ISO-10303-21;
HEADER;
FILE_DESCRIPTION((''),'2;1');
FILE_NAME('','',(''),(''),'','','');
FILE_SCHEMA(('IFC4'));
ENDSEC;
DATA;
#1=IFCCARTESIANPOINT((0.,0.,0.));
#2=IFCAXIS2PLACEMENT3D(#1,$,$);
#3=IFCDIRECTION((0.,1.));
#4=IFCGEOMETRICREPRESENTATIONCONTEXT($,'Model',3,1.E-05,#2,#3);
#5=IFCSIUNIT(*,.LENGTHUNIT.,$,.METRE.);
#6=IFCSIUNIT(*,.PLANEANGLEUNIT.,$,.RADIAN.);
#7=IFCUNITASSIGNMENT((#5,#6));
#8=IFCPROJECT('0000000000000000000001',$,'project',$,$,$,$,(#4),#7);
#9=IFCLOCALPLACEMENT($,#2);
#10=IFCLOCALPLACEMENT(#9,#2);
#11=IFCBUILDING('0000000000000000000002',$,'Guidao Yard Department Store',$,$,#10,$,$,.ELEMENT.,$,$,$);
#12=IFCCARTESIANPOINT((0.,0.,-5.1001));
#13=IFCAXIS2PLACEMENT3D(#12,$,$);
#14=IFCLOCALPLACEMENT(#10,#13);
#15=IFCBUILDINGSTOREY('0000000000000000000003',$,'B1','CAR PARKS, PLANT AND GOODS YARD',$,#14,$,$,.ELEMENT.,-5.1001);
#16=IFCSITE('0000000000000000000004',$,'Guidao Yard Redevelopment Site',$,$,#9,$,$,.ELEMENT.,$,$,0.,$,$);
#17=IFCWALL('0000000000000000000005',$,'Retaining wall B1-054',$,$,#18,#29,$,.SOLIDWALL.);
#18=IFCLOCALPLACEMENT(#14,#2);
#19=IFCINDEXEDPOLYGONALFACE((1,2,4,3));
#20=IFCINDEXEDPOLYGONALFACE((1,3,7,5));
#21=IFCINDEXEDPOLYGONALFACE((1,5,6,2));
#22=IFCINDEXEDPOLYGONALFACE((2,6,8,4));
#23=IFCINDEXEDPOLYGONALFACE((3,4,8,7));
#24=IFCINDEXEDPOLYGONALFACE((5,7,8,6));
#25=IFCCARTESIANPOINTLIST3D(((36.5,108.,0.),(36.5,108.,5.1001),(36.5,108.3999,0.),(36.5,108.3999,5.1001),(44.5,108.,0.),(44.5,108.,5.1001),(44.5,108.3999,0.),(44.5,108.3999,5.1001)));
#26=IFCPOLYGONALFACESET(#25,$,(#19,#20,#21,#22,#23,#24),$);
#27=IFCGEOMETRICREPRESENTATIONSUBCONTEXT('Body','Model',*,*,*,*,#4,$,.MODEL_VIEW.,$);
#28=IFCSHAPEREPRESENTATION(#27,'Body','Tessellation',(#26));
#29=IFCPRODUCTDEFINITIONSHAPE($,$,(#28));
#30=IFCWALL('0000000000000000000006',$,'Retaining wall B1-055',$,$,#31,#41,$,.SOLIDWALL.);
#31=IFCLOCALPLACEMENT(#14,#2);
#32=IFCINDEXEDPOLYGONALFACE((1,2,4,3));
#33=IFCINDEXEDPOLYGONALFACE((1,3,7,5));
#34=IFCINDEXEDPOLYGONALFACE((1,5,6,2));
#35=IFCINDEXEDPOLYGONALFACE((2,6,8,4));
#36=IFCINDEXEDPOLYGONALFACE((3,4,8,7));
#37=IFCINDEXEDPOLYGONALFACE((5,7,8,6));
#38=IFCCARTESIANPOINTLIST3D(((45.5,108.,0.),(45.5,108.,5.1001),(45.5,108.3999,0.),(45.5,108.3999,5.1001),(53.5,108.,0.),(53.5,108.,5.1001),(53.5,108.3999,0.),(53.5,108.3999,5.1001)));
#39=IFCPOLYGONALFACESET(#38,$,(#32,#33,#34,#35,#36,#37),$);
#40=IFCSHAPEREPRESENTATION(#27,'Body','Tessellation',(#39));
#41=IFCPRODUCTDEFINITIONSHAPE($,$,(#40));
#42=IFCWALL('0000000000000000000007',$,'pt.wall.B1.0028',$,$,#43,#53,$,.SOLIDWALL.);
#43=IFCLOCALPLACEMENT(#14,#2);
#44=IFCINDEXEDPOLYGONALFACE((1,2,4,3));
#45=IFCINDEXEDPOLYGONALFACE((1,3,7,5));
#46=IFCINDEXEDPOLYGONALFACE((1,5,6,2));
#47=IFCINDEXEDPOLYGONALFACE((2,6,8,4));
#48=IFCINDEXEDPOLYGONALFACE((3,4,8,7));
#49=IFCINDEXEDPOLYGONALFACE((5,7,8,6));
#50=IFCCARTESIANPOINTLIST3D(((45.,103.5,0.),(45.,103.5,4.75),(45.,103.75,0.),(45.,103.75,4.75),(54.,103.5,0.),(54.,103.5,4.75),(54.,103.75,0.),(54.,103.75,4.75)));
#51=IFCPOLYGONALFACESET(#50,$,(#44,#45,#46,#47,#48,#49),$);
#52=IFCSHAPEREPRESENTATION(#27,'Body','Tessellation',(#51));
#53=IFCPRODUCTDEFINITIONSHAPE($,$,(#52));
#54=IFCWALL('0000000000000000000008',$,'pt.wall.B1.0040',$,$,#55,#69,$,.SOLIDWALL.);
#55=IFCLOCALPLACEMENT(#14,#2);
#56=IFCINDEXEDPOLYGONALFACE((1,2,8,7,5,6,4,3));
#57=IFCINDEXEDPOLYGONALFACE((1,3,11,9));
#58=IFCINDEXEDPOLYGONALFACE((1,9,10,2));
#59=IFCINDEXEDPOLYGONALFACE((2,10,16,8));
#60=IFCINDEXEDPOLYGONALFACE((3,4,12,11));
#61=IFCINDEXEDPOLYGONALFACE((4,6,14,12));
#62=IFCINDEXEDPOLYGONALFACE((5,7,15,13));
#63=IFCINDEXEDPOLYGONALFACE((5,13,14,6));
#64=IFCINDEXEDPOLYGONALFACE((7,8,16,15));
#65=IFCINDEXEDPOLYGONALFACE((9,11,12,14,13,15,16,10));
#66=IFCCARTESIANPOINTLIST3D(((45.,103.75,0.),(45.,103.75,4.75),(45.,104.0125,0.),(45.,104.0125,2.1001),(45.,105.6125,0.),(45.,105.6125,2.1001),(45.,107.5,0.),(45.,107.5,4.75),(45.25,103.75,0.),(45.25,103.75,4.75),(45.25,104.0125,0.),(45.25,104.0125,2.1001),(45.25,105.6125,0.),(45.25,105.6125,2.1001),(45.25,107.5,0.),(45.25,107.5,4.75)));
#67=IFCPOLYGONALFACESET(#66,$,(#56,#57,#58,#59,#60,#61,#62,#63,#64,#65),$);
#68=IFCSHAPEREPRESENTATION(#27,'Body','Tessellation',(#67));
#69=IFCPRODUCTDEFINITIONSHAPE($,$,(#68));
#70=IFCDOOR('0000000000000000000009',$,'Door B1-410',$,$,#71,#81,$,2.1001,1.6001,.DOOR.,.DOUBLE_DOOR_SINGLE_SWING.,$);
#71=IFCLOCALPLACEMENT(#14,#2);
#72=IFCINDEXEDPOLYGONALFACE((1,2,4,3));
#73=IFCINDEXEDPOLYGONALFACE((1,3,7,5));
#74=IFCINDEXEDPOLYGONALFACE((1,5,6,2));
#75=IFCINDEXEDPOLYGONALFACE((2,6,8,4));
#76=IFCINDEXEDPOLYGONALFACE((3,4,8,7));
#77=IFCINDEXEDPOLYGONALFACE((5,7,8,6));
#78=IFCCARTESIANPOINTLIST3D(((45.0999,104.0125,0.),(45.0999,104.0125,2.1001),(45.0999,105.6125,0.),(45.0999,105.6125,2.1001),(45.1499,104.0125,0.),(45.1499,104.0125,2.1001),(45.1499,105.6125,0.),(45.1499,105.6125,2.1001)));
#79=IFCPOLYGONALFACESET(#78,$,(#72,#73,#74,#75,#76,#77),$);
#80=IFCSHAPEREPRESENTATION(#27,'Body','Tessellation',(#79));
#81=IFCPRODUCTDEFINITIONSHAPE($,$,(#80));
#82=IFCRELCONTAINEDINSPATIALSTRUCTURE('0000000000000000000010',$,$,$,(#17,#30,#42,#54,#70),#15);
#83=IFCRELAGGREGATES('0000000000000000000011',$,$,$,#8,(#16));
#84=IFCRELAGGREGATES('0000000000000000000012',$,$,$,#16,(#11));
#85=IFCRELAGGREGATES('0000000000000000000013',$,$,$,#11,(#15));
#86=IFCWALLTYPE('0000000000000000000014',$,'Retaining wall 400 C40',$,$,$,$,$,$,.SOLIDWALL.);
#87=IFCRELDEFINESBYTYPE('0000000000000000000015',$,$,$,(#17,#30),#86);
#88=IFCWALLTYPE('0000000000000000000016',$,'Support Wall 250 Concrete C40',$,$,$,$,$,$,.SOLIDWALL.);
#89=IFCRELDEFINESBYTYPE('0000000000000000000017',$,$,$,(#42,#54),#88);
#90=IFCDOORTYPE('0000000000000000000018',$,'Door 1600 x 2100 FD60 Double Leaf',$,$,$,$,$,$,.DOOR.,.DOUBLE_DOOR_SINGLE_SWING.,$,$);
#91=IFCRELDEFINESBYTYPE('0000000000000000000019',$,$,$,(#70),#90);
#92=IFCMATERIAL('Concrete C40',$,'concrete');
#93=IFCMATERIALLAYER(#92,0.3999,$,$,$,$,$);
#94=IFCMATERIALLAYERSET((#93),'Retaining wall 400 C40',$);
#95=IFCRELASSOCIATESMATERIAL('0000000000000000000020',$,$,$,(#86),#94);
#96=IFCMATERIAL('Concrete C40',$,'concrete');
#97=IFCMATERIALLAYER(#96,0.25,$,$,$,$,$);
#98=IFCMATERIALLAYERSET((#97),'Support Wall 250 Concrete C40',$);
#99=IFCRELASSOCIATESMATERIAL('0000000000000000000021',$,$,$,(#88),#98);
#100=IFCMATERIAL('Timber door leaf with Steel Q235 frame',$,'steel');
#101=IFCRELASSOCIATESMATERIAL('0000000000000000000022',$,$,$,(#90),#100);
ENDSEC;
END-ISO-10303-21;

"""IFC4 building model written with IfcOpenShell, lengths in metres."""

from ifc_helpers import new_model, si_unit, direction, frame, frame_2d, origin, place, context, subcontext, project, spatial, rectangle, extrude, material, layer, layer_set, type_object, element, fill, save


model = new_model("IFC4")

# Units and contexts
model_context = context("Model", 3, precision=1e-05, world=origin(), true_north=direction((0.0, 1.0)))
body_context = subcontext(model_context, "Body", "Model", "MODEL_VIEW")
ifc_project = project(units=[si_unit("LENGTHUNIT", "METRE"), si_unit("PLANEANGLEUNIT", "RADIAN")], contexts=[model_context])

# Site, building, storey
site_placement = place(None, origin())
site = spatial("IfcSite", under=ifc_project, at=site_placement, Name="Guidao Yard Redevelopment Site", CompositionType="ELEMENT", RefElevation=0.0)
building_placement = place(site_placement, origin())
building = spatial("IfcBuilding", under=site, at=building_placement, Name="Guidao Yard Department Store", CompositionType="ELEMENT")
storey_placement = place(building_placement, frame((0.0, 0.0, -5.1001)))
storey = spatial("IfcBuildingStorey", under=building, at=storey_placement, Name="B1", Description="CAR PARKS, PLANT AND GOODS YARD", CompositionType="ELEMENT", Elevation=-5.1001)

# Walls
ifc_material_1 = material(Name="Concrete C40", Category="concrete")
ifc_layer_1 = layer(ifc_material_1, 0.3999)
ifc_layer_set_1 = layer_set([ifc_layer_1], Name="Retaining wall 400 C40")
wall_type_1 = type_object("IfcWallType", Name="Retaining wall 400 C40", PredefinedType="SOLIDWALL", material=ifc_layer_set_1)
for number, where, z_axis, x_axis, name in (
    (1, (36.5, 108.2, 0.0), (0.0, 0.0, 1.0), (1.0, 0.0, 0.0), "Retaining wall B1-054"),
    (2, (45.5, 108.2, 0.0), (0.0, 0.0, 1.0), (1.0, 0.0, 0.0), "Retaining wall B1-055"),
):
    element("IfcWall", number, at=place(storey_placement, frame(where, z_axis=z_axis, x_axis=x_axis)), inside=storey, type_object=wall_type_1, Name=name, PredefinedType="SOLIDWALL", context=body_context, shape_type="SweptSolid", body=[
        extrude(rectangle(XDim=8.0, YDim=0.3999, at=frame_2d((4.0, 0.0))), origin(), (0.0, 0.0, 1.0), 5.1001),
    ])
ifc_material_2 = material(Name="Concrete C40", Category="concrete")
ifc_layer_2 = layer(ifc_material_2, 0.25)
ifc_layer_set_2 = layer_set([ifc_layer_2], Name="Support Wall 250 Concrete C40")
wall_type_2 = type_object("IfcWallType", Name="Support Wall 250 Concrete C40", PredefinedType="SOLIDWALL", material=ifc_layer_set_2)
wall_1_placement = place(storey_placement, frame((45.0, 103.625, 0.0), z_axis=(0.0, 0.0, 1.0), x_axis=(1.0, 0.0, 0.0)))
element("IfcWall", 3, at=wall_1_placement, inside=storey, type_object=wall_type_2, Name="pt.wall.B1.0028", PredefinedType="SOLIDWALL", context=body_context, shape_type="SweptSolid", body=[
    extrude(rectangle(XDim=9.0, YDim=0.25, at=frame_2d((4.5, 0.0))), origin(), (0.0, 0.0, 1.0), 4.75),
])

# Wall, opening, door
wall_2_placement = place(storey_placement, frame((45.125, 103.75, 0.0), z_axis=(0.0, 0.0, 1.0), x_axis=(0.0, 1.0, 0.0)))
wall_2 = element("IfcWall", 4, at=wall_2_placement, inside=storey, type_object=wall_type_2, Name="pt.wall.B1.0040", PredefinedType="SOLIDWALL", context=body_context, shape_type="SweptSolid", body=[
    extrude(rectangle(XDim=3.75, YDim=0.25, at=frame_2d((1.875, 0.0))), origin(), (0.0, 0.0, 1.0), 4.75),
])
opening_placement = place(wall_2_placement, frame((1.8625, 0.0, 0.0), z_axis=(0.0, 0.0, 1.0), x_axis=(-1.0, 0.0, 0.0)))
opening = element("IfcOpeningElement", 5, at=opening_placement, cuts=wall_2, PredefinedType="OPENING", context=body_context, shape_type="SweptSolid", body=[
    extrude(rectangle(XDim=1.6001, YDim=2.1001, at=frame_2d((0.8, 1.05))), frame((0.0, 0.135, 0.0), z_axis=(0.0, -1.0, 0.0), x_axis=(1.0, 0.0, 0.0)), (0.0, 0.0, 1.0), 0.27),
])
ifc_material_3 = material(Name="Timber door leaf with Steel Q235 frame", Category="steel")
door_type = type_object("IfcDoorType", Name="Door 1600 x 2100 FD60 Double Leaf", OperationType="DOUBLE_DOOR_SINGLE_SWING", PredefinedType="DOOR", material=ifc_material_3)
door_placement = place(opening_placement, origin())
door = element("IfcDoor", 6, at=door_placement, inside=storey, type_object=door_type, Name="Door B1-410", OperationType="DOUBLE_DOOR_SINGLE_SWING", OverallHeight=2.1001, OverallWidth=1.6001, PredefinedType="DOOR", context=body_context, shape_type="SweptSolid", body=[
    extrude(rectangle(XDim=1.6001, YDim=2.1001, at=frame_2d((0.8, 1.05))), frame((0.0, 0.0249, 0.0), z_axis=(0.0, -1.0, 0.0), x_axis=(1.0, 0.0, 0.0)), (0.0, 0.0, 1.0), 0.05),
])
fill(opening, door)

save(model, "model.ifc")
